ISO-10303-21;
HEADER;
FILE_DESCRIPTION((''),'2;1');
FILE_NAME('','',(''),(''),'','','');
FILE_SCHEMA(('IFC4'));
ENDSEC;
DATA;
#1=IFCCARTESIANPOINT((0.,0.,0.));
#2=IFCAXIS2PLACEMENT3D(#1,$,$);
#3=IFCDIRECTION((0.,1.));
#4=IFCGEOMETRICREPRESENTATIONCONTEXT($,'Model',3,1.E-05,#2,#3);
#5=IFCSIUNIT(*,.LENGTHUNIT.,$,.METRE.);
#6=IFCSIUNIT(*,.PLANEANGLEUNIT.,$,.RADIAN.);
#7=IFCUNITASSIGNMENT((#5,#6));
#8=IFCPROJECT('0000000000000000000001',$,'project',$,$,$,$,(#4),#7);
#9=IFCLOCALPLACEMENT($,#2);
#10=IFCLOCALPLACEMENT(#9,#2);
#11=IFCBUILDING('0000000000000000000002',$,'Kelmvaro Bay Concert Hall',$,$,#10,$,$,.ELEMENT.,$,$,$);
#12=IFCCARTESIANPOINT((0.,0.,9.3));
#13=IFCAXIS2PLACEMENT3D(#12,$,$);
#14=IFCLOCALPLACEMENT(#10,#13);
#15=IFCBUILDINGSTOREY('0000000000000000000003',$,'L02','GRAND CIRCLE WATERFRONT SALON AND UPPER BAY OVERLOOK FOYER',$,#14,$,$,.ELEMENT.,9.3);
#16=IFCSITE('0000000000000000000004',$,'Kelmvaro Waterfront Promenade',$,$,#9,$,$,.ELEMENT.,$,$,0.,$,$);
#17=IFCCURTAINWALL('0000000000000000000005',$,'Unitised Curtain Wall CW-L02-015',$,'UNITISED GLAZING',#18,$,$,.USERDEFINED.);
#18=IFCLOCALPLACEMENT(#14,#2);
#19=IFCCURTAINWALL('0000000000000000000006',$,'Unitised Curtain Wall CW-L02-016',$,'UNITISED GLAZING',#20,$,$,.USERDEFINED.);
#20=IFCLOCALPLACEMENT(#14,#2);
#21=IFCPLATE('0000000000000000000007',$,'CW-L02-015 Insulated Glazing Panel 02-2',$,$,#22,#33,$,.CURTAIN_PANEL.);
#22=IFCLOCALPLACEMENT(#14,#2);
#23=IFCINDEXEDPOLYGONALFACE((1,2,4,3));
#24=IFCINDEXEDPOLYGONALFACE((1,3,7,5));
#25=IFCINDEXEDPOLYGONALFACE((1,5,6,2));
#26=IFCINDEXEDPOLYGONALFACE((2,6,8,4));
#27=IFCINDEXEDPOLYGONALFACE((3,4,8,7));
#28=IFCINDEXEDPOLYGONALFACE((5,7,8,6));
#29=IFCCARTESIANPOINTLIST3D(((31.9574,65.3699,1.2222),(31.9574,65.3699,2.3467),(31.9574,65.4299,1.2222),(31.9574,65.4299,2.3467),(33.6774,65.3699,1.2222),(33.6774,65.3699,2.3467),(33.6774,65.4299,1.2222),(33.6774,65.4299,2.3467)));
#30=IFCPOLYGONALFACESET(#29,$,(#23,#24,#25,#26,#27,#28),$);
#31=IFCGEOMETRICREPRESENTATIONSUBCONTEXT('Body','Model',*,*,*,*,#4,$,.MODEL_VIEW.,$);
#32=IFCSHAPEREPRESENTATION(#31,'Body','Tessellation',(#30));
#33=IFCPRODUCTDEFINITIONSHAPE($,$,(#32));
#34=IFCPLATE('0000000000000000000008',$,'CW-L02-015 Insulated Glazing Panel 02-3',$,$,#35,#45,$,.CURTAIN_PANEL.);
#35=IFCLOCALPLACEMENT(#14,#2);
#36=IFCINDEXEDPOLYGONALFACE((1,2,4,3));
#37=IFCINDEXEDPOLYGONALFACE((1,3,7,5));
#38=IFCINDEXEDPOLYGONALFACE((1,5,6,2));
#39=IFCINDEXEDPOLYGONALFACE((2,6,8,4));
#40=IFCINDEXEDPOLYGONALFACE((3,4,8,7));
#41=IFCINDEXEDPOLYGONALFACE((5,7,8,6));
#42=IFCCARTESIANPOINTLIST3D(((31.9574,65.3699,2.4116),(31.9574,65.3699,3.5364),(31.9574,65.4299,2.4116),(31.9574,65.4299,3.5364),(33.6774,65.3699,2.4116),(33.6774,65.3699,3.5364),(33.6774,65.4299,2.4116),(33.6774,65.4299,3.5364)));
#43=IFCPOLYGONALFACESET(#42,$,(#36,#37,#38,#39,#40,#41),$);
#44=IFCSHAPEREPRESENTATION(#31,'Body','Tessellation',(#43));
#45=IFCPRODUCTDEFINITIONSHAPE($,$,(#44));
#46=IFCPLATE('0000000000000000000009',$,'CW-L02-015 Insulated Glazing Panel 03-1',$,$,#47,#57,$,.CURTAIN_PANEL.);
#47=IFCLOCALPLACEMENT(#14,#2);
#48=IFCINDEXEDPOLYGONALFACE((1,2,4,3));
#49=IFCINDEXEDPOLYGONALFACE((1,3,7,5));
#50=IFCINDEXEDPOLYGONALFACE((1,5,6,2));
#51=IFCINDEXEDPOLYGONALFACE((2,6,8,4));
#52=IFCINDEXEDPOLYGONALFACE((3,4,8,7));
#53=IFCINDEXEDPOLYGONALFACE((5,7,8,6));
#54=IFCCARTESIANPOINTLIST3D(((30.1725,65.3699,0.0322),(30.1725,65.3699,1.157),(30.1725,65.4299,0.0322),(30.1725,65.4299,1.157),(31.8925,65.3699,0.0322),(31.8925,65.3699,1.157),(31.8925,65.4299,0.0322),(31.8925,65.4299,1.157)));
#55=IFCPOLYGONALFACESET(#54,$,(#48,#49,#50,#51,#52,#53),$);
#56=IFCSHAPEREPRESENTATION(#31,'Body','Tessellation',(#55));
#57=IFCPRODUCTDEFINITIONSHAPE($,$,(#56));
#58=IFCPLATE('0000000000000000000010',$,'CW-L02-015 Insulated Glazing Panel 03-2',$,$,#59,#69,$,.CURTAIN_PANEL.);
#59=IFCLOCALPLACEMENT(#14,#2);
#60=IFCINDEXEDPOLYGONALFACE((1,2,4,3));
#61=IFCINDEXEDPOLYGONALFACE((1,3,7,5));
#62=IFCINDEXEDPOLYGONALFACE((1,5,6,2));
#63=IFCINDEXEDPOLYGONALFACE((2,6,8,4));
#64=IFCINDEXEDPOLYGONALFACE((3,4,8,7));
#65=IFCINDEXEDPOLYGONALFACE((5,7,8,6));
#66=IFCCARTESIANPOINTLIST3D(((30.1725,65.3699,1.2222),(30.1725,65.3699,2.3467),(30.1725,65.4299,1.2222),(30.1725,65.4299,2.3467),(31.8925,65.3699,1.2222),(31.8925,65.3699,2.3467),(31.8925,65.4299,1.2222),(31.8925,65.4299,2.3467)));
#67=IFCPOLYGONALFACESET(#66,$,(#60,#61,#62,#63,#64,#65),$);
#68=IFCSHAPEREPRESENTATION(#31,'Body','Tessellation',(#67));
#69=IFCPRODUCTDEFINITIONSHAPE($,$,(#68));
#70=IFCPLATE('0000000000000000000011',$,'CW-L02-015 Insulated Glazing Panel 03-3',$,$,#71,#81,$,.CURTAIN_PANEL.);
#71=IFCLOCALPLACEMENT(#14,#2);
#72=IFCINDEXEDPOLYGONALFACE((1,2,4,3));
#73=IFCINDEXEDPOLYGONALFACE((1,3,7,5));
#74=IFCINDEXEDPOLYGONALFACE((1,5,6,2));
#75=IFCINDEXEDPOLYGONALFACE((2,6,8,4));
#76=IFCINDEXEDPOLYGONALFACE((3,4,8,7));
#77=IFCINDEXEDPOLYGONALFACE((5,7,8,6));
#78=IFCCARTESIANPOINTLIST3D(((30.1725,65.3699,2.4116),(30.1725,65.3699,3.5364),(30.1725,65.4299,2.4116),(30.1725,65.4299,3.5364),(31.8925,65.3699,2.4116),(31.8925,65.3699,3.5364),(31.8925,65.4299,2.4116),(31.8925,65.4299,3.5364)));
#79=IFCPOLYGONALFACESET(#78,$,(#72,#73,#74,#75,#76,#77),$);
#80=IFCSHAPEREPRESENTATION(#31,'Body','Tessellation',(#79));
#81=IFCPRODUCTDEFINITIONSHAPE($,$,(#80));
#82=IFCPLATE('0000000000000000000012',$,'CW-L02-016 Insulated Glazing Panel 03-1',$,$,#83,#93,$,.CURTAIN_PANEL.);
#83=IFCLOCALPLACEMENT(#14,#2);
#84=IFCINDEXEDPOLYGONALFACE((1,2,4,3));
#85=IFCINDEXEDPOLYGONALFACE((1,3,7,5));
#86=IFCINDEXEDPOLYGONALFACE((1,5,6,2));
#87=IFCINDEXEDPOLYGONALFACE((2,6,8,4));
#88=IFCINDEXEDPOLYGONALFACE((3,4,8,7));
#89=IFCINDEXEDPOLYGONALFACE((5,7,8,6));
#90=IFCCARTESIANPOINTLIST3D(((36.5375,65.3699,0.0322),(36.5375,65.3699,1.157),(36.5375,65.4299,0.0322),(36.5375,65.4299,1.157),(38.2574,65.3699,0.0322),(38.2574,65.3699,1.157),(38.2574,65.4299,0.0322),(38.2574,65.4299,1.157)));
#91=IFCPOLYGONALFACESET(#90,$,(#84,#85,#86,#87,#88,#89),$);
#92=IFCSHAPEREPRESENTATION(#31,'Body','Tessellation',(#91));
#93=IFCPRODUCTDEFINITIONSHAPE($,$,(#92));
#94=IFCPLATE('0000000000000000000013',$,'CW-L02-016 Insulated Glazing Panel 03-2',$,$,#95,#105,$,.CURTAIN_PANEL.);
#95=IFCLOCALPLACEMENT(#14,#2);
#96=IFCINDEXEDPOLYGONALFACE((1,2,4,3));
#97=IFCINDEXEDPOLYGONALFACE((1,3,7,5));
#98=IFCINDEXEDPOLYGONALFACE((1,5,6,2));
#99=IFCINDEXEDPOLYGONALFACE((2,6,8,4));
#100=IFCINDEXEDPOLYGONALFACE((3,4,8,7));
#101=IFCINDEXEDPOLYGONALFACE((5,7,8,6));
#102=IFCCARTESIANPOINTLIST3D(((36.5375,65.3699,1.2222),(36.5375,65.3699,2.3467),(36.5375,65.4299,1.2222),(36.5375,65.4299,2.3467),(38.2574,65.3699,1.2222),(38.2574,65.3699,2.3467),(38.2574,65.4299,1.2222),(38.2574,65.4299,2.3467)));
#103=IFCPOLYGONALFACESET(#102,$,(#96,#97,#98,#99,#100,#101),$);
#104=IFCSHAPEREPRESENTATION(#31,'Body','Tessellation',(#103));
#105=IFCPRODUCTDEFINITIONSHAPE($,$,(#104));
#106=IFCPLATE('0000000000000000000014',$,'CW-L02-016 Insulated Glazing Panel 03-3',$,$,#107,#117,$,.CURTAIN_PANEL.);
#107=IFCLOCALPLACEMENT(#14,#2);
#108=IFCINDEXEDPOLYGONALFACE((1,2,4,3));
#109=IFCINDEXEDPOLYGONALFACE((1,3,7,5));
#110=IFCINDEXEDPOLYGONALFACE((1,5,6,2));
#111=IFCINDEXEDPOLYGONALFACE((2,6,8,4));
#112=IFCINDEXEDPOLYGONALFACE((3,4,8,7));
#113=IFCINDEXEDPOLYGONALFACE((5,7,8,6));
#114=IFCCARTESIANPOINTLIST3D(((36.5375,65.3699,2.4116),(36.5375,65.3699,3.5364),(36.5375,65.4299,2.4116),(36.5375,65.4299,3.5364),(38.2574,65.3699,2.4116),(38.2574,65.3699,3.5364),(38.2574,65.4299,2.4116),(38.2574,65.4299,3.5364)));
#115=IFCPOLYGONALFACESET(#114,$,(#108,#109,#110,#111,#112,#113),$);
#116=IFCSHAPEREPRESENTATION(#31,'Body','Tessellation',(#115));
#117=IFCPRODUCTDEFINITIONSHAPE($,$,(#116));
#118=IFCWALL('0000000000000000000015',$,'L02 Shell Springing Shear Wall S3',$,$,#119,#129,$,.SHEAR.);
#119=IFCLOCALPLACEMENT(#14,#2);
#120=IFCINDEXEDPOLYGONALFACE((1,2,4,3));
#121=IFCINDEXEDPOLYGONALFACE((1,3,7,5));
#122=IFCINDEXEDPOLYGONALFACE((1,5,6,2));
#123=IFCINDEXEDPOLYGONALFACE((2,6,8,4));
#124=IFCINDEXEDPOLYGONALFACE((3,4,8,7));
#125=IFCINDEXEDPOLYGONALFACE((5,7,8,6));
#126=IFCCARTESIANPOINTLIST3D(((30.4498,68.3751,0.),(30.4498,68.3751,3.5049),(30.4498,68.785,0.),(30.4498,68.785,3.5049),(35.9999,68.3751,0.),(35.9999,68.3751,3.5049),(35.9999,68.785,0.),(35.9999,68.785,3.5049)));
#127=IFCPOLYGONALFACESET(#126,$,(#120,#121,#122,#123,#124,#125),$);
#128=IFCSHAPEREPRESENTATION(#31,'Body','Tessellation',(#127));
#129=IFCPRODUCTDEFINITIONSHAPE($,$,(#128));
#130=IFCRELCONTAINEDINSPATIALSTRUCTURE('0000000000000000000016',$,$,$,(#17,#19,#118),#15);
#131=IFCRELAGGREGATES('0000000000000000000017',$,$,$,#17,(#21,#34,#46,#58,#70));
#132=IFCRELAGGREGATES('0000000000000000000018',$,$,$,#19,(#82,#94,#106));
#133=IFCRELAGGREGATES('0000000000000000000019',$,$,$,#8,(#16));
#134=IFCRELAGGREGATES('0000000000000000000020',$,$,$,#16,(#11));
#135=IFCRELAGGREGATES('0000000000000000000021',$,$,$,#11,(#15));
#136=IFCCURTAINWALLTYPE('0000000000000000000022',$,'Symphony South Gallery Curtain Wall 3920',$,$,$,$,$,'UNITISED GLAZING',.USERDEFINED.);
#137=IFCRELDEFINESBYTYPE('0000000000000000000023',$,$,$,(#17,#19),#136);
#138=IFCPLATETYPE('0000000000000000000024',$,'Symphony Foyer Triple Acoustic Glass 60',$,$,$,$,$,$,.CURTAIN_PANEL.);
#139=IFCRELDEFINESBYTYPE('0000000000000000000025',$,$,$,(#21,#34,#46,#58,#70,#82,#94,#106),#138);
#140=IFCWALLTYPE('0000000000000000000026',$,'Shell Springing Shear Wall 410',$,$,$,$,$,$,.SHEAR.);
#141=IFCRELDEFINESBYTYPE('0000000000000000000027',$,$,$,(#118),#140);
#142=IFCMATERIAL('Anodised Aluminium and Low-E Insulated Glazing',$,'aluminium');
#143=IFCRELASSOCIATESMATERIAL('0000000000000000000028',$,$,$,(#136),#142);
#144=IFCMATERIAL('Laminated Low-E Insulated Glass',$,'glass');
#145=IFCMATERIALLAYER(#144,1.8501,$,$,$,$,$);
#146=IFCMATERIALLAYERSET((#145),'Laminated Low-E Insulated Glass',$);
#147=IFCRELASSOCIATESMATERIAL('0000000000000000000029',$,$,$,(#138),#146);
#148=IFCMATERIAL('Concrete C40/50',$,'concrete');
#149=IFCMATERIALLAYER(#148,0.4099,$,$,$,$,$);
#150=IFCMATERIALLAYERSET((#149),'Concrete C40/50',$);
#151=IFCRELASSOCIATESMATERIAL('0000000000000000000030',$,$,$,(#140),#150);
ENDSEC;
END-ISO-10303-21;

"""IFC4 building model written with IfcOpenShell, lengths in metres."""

from ifc_helpers import new_model, si_unit, direction, frame, frame_2d, origin, origin_2d, place, context, subcontext, project, spatial, rectangle, extrude, material, layer, layer_set, type_object, element, aggregate, save


model = new_model("IFC4")

# Units and contexts
model_context = context("Model", 3, precision=1e-05, world=origin(), true_north=direction((0.0, 1.0)))
body_context = subcontext(model_context, "Body", "Model", "MODEL_VIEW")
ifc_project = project(units=[si_unit("LENGTHUNIT", "METRE"), si_unit("PLANEANGLEUNIT", "RADIAN")], contexts=[model_context])

# Site, building, storey
site_placement = place(None, origin())
site = spatial("IfcSite", under=ifc_project, at=site_placement, Name="Kelmvaro Waterfront Promenade", CompositionType="ELEMENT", RefElevation=0.0)
building_placement = place(site_placement, origin())
building = spatial("IfcBuilding", under=site, at=building_placement, Name="Kelmvaro Bay Concert Hall", CompositionType="ELEMENT")
storey_placement = place(building_placement, frame((0.0, 0.0, 9.3)))
storey = spatial("IfcBuildingStorey", under=building, at=storey_placement, Name="L02", Description="GRAND CIRCLE WATERFRONT SALON AND UPPER BAY OVERLOOK FOYER", CompositionType="ELEMENT", Elevation=9.3)

# Curtain walls
ifc_material_1 = material(Name="Anodised Aluminium and Low-E Insulated Glazing", Category="aluminium")
curtain_wall_type = type_object("IfcCurtainWallType", Name="Symphony South Gallery Curtain Wall 3920", ElementType="UNITISED GLAZING", PredefinedType="USERDEFINED", material=ifc_material_1)
curtain_wall_1_placement = place(storey_placement, origin())
curtain_wall_1 = element("IfcCurtainWall", 1, at=curtain_wall_1_placement, inside=storey, type_object=curtain_wall_type, Name="Unitised Curtain Wall CW-L02-015", ObjectType="UNITISED GLAZING", PredefinedType="USERDEFINED")
curtain_wall_2_placement = place(storey_placement, origin())
curtain_wall_2 = element("IfcCurtainWall", 2, at=curtain_wall_2_placement, inside=storey, type_object=curtain_wall_type, Name="Unitised Curtain Wall CW-L02-016", ObjectType="UNITISED GLAZING", PredefinedType="USERDEFINED")

# Plates
ifc_material_2 = material(Name="Laminated Low-E Insulated Glass", Category="glass")
ifc_layer_1 = layer(ifc_material_2, 1.8501)
ifc_layer_set_1 = layer_set([ifc_layer_1], Name="Laminated Low-E Insulated Glass")
plate_type = type_object("IfcPlateType", Name="Symphony Foyer Triple Acoustic Glass 60", PredefinedType="CURTAIN_PANEL", material=ifc_layer_set_1)
plate_1_placement = place(storey_placement, frame((32.8174, 65.3999, 1.2222), z_axis=(0.0, 0.0, 1.0), x_axis=(-1.0, 0.0, 0.0)))
plate_1 = element("IfcPlate", 3, at=plate_1_placement, type_object=plate_type, Name="CW-L02-015 Insulated Glazing Panel 02-2", PredefinedType="CURTAIN_PANEL", context=body_context, shape_type="SweptSolid", body=[
    extrude(rectangle(XDim=1.72, YDim=0.0601, at=origin_2d()), origin(), (0.0, 0.0, 1.0), 1.1245),
])
plate_2_placement = place(storey_placement, frame((32.8174, 65.3999, 2.4116), z_axis=(0.0, 0.0, 1.0), x_axis=(-1.0, 0.0, 0.0)))
plate_2 = element("IfcPlate", 4, at=plate_2_placement, type_object=plate_type, Name="CW-L02-015 Insulated Glazing Panel 02-3", PredefinedType="CURTAIN_PANEL", context=body_context, shape_type="SweptSolid", body=[
    extrude(rectangle(XDim=1.72, YDim=0.0601, at=origin_2d()), origin(), (0.0, 0.0, 1.0), 1.1248),
])
plate_3_placement = place(storey_placement, frame((31.0325, 65.3999, 0.0322), z_axis=(0.0, 0.0, 1.0), x_axis=(-1.0, 0.0, 0.0)))
plate_3 = element("IfcPlate", 5, at=plate_3_placement, type_object=plate_type, Name="CW-L02-015 Insulated Glazing Panel 03-1", PredefinedType="CURTAIN_PANEL", context=body_context, shape_type="SweptSolid", body=[
    extrude(rectangle(XDim=1.72, YDim=0.0601, at=origin_2d()), origin(), (0.0, 0.0, 1.0), 1.1248),
])
plate_4_placement = place(storey_placement, frame((31.0325, 65.3999, 1.2222), z_axis=(0.0, 0.0, 1.0), x_axis=(-1.0, 0.0, 0.0)))
plate_4 = element("IfcPlate", 6, at=plate_4_placement, type_object=plate_type, Name="CW-L02-015 Insulated Glazing Panel 03-2", PredefinedType="CURTAIN_PANEL", context=body_context, shape_type="SweptSolid", body=[
    extrude(rectangle(XDim=1.72, YDim=0.0601, at=origin_2d()), origin(), (0.0, 0.0, 1.0), 1.1245),
])
plate_5_placement = place(storey_placement, frame((31.0325, 65.3999, 2.4116), z_axis=(0.0, 0.0, 1.0), x_axis=(-1.0, 0.0, 0.0)))
plate_5 = element("IfcPlate", 7, at=plate_5_placement, type_object=plate_type, Name="CW-L02-015 Insulated Glazing Panel 03-3", PredefinedType="CURTAIN_PANEL", context=body_context, shape_type="SweptSolid", body=[
    extrude(rectangle(XDim=1.72, YDim=0.0601, at=origin_2d()), origin(), (0.0, 0.0, 1.0), 1.1248),
])
aggregate(curtain_wall_1, [plate_1, plate_2, plate_3, plate_4, plate_5])
plate_6_placement = place(storey_placement, frame((37.3975, 65.3999, 0.0322), z_axis=(0.0, 0.0, 1.0), x_axis=(-1.0, 0.0, 0.0)))
plate_6 = element("IfcPlate", 8, at=plate_6_placement, type_object=plate_type, Name="CW-L02-016 Insulated Glazing Panel 03-1", PredefinedType="CURTAIN_PANEL", context=body_context, shape_type="SweptSolid", body=[
    extrude(rectangle(XDim=1.72, YDim=0.0601, at=origin_2d()), origin(), (0.0, 0.0, 1.0), 1.1248),
])
plate_7_placement = place(storey_placement, frame((37.3975, 65.3999, 1.2222), z_axis=(0.0, 0.0, 1.0), x_axis=(-1.0, 0.0, 0.0)))
plate_7 = element("IfcPlate", 9, at=plate_7_placement, type_object=plate_type, Name="CW-L02-016 Insulated Glazing Panel 03-2", PredefinedType="CURTAIN_PANEL", context=body_context, shape_type="SweptSolid", body=[
    extrude(rectangle(XDim=1.72, YDim=0.0601, at=origin_2d()), origin(), (0.0, 0.0, 1.0), 1.1245),
])
plate_8_placement = place(storey_placement, frame((37.3975, 65.3999, 2.4116), z_axis=(0.0, 0.0, 1.0), x_axis=(-1.0, 0.0, 0.0)))
plate_8 = element("IfcPlate", 10, at=plate_8_placement, type_object=plate_type, Name="CW-L02-016 Insulated Glazing Panel 03-3", PredefinedType="CURTAIN_PANEL", context=body_context, shape_type="SweptSolid", body=[
    extrude(rectangle(XDim=1.72, YDim=0.0601, at=origin_2d()), origin(), (0.0, 0.0, 1.0), 1.1248),
])
aggregate(curtain_wall_2, [plate_6, plate_7, plate_8])

# Wall
ifc_material_3 = material(Name="Concrete C40/50", Category="concrete")
ifc_layer_2 = layer(ifc_material_3, 0.4099)
ifc_layer_set_2 = layer_set([ifc_layer_2], Name="Concrete C40/50")
wall_type = type_object("IfcWallType", Name="Shell Springing Shear Wall 410", PredefinedType="SHEAR", material=ifc_layer_set_2)
wall_placement = place(storey_placement, frame((30.45, 68.5801, 0.0), z_axis=(0.0, 0.0, 1.0), x_axis=(1.0, 0.0, 0.0)))
element("IfcWall", 11, at=wall_placement, inside=storey, type_object=wall_type, Name="L02 Shell Springing Shear Wall S3", PredefinedType="SHEAR", context=body_context, shape_type="SweptSolid", body=[
    extrude(rectangle(XDim=5.55, YDim=0.4099, at=frame_2d((2.7749, 0.0))), origin(), (0.0, 0.0, 1.0), 3.5049),
])

save(model, "model.ifc")
